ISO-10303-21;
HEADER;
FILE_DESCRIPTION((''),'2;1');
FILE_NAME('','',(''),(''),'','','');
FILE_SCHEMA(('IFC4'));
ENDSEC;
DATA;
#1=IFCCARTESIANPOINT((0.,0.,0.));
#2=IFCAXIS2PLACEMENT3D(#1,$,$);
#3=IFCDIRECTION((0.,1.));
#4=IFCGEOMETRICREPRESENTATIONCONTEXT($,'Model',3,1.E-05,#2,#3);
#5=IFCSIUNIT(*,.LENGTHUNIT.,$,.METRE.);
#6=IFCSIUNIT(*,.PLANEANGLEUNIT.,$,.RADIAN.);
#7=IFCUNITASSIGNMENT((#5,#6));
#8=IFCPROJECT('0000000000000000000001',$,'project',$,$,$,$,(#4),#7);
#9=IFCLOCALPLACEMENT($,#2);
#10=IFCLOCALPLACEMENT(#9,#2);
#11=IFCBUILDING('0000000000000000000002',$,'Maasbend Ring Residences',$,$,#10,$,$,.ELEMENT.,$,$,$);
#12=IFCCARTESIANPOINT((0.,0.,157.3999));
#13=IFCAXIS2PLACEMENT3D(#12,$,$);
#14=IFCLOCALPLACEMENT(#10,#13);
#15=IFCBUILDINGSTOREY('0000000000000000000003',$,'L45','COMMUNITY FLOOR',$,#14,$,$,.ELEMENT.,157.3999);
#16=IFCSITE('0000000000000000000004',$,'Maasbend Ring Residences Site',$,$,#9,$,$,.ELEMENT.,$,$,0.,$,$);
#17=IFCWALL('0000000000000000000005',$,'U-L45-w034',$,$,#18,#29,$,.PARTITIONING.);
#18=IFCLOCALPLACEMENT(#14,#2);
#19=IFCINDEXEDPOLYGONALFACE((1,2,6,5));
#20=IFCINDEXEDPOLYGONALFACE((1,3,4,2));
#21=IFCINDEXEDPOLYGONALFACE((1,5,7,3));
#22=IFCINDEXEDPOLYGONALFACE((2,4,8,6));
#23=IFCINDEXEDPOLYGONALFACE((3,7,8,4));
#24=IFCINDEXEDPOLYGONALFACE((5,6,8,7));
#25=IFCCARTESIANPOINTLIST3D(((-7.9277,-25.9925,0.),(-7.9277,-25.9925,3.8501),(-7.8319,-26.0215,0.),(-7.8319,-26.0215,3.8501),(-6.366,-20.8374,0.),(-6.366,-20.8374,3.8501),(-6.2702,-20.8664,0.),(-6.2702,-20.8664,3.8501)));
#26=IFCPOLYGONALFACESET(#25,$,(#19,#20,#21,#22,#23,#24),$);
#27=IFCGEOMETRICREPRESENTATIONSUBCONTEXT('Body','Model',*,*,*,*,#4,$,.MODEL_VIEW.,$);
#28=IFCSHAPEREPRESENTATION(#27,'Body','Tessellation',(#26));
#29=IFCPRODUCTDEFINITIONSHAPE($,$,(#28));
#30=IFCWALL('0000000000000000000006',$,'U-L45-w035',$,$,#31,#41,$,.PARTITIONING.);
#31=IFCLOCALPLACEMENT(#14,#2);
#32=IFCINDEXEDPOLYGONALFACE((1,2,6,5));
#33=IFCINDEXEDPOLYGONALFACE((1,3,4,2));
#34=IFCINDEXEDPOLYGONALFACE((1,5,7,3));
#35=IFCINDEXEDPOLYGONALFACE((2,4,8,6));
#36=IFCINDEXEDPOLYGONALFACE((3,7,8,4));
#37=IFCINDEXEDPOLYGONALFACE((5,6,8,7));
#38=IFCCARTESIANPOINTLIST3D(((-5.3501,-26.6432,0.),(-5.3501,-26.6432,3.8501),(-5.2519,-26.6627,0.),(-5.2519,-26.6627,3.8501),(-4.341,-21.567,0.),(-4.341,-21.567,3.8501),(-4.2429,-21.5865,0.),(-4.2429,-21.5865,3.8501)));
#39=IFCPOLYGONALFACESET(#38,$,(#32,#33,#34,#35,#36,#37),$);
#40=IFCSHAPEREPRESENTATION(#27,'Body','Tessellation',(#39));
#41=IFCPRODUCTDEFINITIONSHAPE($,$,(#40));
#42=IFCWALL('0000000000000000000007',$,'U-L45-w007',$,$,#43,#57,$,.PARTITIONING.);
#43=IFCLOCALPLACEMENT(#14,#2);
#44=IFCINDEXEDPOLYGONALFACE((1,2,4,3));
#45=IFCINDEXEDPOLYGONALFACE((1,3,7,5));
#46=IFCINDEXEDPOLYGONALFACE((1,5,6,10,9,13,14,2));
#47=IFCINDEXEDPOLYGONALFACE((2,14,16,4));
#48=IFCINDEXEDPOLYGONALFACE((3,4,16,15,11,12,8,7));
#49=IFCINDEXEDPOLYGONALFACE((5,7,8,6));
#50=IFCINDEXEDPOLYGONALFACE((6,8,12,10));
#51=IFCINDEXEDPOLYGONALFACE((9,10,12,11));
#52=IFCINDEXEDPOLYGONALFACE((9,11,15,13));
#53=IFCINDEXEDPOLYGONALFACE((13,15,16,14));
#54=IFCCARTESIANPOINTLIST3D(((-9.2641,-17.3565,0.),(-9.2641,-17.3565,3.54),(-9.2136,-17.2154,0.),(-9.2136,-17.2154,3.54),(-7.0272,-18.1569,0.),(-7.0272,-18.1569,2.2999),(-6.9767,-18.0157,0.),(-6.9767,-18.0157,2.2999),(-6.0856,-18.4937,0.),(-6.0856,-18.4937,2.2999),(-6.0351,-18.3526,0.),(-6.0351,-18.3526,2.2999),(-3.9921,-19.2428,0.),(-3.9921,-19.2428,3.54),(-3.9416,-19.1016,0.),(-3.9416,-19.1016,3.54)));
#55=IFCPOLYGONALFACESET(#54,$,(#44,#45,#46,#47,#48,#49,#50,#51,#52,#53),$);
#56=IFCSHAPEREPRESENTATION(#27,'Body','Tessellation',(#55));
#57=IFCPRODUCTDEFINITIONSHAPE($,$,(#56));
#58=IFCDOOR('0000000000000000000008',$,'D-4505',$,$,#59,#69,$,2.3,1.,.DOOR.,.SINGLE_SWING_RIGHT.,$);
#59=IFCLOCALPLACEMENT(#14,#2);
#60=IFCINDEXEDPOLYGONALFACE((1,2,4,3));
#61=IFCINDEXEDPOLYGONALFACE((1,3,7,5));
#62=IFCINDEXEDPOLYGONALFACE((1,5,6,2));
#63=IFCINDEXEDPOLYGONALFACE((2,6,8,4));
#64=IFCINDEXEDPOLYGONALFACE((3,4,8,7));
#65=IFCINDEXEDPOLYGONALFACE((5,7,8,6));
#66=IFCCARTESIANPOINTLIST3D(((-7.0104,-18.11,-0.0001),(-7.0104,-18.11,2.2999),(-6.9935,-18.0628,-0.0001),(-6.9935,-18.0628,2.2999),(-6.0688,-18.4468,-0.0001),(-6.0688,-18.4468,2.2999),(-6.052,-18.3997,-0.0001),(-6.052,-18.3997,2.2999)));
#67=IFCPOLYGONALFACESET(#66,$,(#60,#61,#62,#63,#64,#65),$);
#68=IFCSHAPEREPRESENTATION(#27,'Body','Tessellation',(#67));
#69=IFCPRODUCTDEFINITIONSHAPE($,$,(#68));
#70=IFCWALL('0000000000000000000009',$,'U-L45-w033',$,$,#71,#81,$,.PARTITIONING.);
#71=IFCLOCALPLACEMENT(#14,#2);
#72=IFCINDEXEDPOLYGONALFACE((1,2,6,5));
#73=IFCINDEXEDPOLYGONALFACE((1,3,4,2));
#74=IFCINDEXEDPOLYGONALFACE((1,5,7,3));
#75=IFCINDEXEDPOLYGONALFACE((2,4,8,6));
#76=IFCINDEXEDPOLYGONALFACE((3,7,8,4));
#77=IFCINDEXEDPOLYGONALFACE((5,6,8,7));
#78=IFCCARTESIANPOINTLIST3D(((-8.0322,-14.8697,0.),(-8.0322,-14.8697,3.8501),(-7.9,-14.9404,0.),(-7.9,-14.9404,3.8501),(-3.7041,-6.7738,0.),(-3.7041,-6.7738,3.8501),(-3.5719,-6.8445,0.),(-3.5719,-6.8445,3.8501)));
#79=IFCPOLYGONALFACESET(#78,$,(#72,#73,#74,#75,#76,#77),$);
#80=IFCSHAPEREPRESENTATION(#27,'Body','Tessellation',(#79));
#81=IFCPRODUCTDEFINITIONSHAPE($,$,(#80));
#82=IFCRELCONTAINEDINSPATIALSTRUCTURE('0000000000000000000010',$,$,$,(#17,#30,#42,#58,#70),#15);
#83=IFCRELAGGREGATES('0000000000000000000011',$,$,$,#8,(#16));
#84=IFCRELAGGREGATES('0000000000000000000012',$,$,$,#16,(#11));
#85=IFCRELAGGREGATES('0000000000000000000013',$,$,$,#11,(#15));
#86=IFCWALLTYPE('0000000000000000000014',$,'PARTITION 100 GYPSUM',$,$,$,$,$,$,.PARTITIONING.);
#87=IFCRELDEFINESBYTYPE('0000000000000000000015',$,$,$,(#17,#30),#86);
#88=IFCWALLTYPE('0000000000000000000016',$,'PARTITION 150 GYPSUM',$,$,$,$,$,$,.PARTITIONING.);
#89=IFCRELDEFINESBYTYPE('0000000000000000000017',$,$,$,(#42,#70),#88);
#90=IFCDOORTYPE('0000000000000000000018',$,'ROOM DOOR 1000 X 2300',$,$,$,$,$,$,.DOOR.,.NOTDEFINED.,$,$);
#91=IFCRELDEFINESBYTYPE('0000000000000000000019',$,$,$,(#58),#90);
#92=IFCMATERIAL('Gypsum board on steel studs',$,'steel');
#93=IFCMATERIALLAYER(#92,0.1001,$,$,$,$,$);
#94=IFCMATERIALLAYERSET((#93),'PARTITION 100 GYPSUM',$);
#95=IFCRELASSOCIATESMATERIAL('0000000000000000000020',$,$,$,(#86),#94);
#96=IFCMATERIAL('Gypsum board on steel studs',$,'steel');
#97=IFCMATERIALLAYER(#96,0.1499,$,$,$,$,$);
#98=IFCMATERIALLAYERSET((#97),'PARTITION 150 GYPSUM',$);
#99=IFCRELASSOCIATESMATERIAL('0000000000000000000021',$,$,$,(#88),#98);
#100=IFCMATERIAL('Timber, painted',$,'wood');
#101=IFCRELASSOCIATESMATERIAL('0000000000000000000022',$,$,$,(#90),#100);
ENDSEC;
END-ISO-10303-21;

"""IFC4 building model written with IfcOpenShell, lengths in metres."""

from ifc_helpers import new_model, si_unit, direction, frame, frame_2d, origin, place, context, subcontext, project, spatial, rectangle, extrude, material, layer, layer_set, type_object, element, fill, save


model = new_model("IFC4")

# Units and contexts
model_context = context("Model", 3, precision=1e-05, world=origin(), true_north=direction((0.0, 1.0)))
body_context = subcontext(model_context, "Body", "Model", "MODEL_VIEW")
ifc_project = project(units=[si_unit("LENGTHUNIT", "METRE"), si_unit("PLANEANGLEUNIT", "RADIAN")], contexts=[model_context])

# Site, building, storey
site_placement = place(None, origin())
site = spatial("IfcSite", under=ifc_project, at=site_placement, Name="Maasbend Ring Residences Site", CompositionType="ELEMENT", RefElevation=0.0)
building_placement = place(site_placement, origin())
building = spatial("IfcBuilding", under=site, at=building_placement, Name="Maasbend Ring Residences", CompositionType="ELEMENT")
storey_placement = place(building_placement, frame((0.0, 0.0, 157.3999)))
storey = spatial("IfcBuildingStorey", under=building, at=storey_placement, Name="L45", Description="COMMUNITY FLOOR", CompositionType="ELEMENT", Elevation=157.3999)

# Walls
ifc_material_1 = material(Name="Gypsum board on steel studs", Category="steel")
ifc_layer_1 = layer(ifc_material_1, 0.1001)
ifc_layer_set_1 = layer_set([ifc_layer_1], Name="PARTITION 100 GYPSUM")
wall_type_1 = type_object("IfcWallType", Name="PARTITION 100 GYPSUM", PredefinedType="PARTITIONING", material=ifc_layer_set_1)
wall_1_placement = place(storey_placement, frame((-7.8799, -26.0071, 0.0), z_axis=(0.0, 0.0, 1.0), x_axis=(0.289946, 0.957043, 0.0)))
element("IfcWall", 1, at=wall_1_placement, inside=storey, type_object=wall_type_1, Name="U-L45-w034", PredefinedType="PARTITIONING", context=body_context, shape_type="SweptSolid", body=[
    extrude(rectangle(XDim=5.3865, YDim=0.1001, at=frame_2d((2.6934, 0.0))), origin(), (0.0, 0.0, 1.0), 3.8501),
])
wall_2_placement = place(storey_placement, frame((-5.301, -26.6531, 0.0), z_axis=(0.0, 0.0, 1.0), x_axis=(0.194964, 0.98081, 0.0)))
element("IfcWall", 2, at=wall_2_placement, inside=storey, type_object=wall_type_1, Name="U-L45-w035", PredefinedType="PARTITIONING", context=body_context, shape_type="SweptSolid", body=[
    extrude(rectangle(XDim=5.1755, YDim=0.1001, at=frame_2d((2.5879, 0.0))), origin(), (0.0, 0.0, 1.0), 3.8501),
])

# Wall, opening, door
ifc_material_2 = material(Name="Gypsum board on steel studs", Category="steel")
ifc_layer_2 = layer(ifc_material_2, 0.1499)
ifc_layer_set_2 = layer_set([ifc_layer_2], Name="PARTITION 150 GYPSUM")
wall_type_2 = type_object("IfcWallType", Name="PARTITION 150 GYPSUM", PredefinedType="PARTITIONING", material=ifc_layer_set_2)
wall_3_placement = place(storey_placement, frame((-9.239, -17.2859, 0.0), z_axis=(0.0, 0.0, 1.0), x_axis=(0.94155, -0.336872, 0.0)))
wall_3 = element("IfcWall", 3, at=wall_3_placement, inside=storey, type_object=wall_type_2, Name="U-L45-w007", PredefinedType="PARTITIONING", context=body_context, shape_type="SweptSolid", body=[
    extrude(rectangle(XDim=5.5994, YDim=0.1499, at=frame_2d((2.7998, 0.0))), origin(), (0.0, 0.0, 1.0), 3.54),
])
opening_1_placement = place(wall_3_placement, frame((2.376, 0.0, 0.0)))
opening_1 = element("IfcOpeningElement", 4, at=opening_1_placement, cuts=wall_3, PredefinedType="OPENING", context=body_context, shape_type="SweptSolid", body=[
    extrude(rectangle(XDim=1.0, YDim=2.3, at=frame_2d((0.5, 1.1499))), frame((0.0, 0.085, 0.0), z_axis=(0.0, -1.0, 0.0), x_axis=(1.0, 0.0, 0.0)), (0.0, 0.0, 1.0), 0.1699),
])
ifc_material_3 = material(Name="Timber, painted", Category="wood")
door_type_1 = type_object("IfcDoorType", Name="ROOM DOOR 1000 X 2300", OperationType="NOTDEFINED", PredefinedType="DOOR", material=ifc_material_3)
door_1_placement = place(opening_1_placement, origin())
door_1 = element("IfcDoor", 5, at=door_1_placement, inside=storey, type_object=door_type_1, Name="D-4505", OperationType="SINGLE_SWING_RIGHT", OverallHeight=2.3, OverallWidth=1.0, PredefinedType="DOOR", context=body_context, shape_type="SweptSolid", body=[
    extrude(rectangle(XDim=1.0, YDim=2.3, at=frame_2d((0.5, 1.1499))), frame((0.0, 0.0249, 0.0), z_axis=(0.0, -1.0, 0.0), x_axis=(1.0, 0.0, 0.0)), (0.0, 0.0, 1.0), 0.05),
])
fill(opening_1, door_1)

# Wall
wall_4_placement = place(storey_placement, frame((-7.9661, -14.905, 0.0), z_axis=(0.0, 0.0, 1.0), x_axis=(0.47146, 0.881887, 0.0)))
element("IfcWall", 6, at=wall_4_placement, inside=storey, type_object=wall_type_2, Name="U-L45-w033", PredefinedType="PARTITIONING", context=body_context, shape_type="SweptSolid", body=[
    extrude(rectangle(XDim=9.1802, YDim=0.1499, at=frame_2d((4.5901, 0.0))), origin(), (0.0, 0.0, 1.0), 3.8501),
])

save(model, "model.ifc")
